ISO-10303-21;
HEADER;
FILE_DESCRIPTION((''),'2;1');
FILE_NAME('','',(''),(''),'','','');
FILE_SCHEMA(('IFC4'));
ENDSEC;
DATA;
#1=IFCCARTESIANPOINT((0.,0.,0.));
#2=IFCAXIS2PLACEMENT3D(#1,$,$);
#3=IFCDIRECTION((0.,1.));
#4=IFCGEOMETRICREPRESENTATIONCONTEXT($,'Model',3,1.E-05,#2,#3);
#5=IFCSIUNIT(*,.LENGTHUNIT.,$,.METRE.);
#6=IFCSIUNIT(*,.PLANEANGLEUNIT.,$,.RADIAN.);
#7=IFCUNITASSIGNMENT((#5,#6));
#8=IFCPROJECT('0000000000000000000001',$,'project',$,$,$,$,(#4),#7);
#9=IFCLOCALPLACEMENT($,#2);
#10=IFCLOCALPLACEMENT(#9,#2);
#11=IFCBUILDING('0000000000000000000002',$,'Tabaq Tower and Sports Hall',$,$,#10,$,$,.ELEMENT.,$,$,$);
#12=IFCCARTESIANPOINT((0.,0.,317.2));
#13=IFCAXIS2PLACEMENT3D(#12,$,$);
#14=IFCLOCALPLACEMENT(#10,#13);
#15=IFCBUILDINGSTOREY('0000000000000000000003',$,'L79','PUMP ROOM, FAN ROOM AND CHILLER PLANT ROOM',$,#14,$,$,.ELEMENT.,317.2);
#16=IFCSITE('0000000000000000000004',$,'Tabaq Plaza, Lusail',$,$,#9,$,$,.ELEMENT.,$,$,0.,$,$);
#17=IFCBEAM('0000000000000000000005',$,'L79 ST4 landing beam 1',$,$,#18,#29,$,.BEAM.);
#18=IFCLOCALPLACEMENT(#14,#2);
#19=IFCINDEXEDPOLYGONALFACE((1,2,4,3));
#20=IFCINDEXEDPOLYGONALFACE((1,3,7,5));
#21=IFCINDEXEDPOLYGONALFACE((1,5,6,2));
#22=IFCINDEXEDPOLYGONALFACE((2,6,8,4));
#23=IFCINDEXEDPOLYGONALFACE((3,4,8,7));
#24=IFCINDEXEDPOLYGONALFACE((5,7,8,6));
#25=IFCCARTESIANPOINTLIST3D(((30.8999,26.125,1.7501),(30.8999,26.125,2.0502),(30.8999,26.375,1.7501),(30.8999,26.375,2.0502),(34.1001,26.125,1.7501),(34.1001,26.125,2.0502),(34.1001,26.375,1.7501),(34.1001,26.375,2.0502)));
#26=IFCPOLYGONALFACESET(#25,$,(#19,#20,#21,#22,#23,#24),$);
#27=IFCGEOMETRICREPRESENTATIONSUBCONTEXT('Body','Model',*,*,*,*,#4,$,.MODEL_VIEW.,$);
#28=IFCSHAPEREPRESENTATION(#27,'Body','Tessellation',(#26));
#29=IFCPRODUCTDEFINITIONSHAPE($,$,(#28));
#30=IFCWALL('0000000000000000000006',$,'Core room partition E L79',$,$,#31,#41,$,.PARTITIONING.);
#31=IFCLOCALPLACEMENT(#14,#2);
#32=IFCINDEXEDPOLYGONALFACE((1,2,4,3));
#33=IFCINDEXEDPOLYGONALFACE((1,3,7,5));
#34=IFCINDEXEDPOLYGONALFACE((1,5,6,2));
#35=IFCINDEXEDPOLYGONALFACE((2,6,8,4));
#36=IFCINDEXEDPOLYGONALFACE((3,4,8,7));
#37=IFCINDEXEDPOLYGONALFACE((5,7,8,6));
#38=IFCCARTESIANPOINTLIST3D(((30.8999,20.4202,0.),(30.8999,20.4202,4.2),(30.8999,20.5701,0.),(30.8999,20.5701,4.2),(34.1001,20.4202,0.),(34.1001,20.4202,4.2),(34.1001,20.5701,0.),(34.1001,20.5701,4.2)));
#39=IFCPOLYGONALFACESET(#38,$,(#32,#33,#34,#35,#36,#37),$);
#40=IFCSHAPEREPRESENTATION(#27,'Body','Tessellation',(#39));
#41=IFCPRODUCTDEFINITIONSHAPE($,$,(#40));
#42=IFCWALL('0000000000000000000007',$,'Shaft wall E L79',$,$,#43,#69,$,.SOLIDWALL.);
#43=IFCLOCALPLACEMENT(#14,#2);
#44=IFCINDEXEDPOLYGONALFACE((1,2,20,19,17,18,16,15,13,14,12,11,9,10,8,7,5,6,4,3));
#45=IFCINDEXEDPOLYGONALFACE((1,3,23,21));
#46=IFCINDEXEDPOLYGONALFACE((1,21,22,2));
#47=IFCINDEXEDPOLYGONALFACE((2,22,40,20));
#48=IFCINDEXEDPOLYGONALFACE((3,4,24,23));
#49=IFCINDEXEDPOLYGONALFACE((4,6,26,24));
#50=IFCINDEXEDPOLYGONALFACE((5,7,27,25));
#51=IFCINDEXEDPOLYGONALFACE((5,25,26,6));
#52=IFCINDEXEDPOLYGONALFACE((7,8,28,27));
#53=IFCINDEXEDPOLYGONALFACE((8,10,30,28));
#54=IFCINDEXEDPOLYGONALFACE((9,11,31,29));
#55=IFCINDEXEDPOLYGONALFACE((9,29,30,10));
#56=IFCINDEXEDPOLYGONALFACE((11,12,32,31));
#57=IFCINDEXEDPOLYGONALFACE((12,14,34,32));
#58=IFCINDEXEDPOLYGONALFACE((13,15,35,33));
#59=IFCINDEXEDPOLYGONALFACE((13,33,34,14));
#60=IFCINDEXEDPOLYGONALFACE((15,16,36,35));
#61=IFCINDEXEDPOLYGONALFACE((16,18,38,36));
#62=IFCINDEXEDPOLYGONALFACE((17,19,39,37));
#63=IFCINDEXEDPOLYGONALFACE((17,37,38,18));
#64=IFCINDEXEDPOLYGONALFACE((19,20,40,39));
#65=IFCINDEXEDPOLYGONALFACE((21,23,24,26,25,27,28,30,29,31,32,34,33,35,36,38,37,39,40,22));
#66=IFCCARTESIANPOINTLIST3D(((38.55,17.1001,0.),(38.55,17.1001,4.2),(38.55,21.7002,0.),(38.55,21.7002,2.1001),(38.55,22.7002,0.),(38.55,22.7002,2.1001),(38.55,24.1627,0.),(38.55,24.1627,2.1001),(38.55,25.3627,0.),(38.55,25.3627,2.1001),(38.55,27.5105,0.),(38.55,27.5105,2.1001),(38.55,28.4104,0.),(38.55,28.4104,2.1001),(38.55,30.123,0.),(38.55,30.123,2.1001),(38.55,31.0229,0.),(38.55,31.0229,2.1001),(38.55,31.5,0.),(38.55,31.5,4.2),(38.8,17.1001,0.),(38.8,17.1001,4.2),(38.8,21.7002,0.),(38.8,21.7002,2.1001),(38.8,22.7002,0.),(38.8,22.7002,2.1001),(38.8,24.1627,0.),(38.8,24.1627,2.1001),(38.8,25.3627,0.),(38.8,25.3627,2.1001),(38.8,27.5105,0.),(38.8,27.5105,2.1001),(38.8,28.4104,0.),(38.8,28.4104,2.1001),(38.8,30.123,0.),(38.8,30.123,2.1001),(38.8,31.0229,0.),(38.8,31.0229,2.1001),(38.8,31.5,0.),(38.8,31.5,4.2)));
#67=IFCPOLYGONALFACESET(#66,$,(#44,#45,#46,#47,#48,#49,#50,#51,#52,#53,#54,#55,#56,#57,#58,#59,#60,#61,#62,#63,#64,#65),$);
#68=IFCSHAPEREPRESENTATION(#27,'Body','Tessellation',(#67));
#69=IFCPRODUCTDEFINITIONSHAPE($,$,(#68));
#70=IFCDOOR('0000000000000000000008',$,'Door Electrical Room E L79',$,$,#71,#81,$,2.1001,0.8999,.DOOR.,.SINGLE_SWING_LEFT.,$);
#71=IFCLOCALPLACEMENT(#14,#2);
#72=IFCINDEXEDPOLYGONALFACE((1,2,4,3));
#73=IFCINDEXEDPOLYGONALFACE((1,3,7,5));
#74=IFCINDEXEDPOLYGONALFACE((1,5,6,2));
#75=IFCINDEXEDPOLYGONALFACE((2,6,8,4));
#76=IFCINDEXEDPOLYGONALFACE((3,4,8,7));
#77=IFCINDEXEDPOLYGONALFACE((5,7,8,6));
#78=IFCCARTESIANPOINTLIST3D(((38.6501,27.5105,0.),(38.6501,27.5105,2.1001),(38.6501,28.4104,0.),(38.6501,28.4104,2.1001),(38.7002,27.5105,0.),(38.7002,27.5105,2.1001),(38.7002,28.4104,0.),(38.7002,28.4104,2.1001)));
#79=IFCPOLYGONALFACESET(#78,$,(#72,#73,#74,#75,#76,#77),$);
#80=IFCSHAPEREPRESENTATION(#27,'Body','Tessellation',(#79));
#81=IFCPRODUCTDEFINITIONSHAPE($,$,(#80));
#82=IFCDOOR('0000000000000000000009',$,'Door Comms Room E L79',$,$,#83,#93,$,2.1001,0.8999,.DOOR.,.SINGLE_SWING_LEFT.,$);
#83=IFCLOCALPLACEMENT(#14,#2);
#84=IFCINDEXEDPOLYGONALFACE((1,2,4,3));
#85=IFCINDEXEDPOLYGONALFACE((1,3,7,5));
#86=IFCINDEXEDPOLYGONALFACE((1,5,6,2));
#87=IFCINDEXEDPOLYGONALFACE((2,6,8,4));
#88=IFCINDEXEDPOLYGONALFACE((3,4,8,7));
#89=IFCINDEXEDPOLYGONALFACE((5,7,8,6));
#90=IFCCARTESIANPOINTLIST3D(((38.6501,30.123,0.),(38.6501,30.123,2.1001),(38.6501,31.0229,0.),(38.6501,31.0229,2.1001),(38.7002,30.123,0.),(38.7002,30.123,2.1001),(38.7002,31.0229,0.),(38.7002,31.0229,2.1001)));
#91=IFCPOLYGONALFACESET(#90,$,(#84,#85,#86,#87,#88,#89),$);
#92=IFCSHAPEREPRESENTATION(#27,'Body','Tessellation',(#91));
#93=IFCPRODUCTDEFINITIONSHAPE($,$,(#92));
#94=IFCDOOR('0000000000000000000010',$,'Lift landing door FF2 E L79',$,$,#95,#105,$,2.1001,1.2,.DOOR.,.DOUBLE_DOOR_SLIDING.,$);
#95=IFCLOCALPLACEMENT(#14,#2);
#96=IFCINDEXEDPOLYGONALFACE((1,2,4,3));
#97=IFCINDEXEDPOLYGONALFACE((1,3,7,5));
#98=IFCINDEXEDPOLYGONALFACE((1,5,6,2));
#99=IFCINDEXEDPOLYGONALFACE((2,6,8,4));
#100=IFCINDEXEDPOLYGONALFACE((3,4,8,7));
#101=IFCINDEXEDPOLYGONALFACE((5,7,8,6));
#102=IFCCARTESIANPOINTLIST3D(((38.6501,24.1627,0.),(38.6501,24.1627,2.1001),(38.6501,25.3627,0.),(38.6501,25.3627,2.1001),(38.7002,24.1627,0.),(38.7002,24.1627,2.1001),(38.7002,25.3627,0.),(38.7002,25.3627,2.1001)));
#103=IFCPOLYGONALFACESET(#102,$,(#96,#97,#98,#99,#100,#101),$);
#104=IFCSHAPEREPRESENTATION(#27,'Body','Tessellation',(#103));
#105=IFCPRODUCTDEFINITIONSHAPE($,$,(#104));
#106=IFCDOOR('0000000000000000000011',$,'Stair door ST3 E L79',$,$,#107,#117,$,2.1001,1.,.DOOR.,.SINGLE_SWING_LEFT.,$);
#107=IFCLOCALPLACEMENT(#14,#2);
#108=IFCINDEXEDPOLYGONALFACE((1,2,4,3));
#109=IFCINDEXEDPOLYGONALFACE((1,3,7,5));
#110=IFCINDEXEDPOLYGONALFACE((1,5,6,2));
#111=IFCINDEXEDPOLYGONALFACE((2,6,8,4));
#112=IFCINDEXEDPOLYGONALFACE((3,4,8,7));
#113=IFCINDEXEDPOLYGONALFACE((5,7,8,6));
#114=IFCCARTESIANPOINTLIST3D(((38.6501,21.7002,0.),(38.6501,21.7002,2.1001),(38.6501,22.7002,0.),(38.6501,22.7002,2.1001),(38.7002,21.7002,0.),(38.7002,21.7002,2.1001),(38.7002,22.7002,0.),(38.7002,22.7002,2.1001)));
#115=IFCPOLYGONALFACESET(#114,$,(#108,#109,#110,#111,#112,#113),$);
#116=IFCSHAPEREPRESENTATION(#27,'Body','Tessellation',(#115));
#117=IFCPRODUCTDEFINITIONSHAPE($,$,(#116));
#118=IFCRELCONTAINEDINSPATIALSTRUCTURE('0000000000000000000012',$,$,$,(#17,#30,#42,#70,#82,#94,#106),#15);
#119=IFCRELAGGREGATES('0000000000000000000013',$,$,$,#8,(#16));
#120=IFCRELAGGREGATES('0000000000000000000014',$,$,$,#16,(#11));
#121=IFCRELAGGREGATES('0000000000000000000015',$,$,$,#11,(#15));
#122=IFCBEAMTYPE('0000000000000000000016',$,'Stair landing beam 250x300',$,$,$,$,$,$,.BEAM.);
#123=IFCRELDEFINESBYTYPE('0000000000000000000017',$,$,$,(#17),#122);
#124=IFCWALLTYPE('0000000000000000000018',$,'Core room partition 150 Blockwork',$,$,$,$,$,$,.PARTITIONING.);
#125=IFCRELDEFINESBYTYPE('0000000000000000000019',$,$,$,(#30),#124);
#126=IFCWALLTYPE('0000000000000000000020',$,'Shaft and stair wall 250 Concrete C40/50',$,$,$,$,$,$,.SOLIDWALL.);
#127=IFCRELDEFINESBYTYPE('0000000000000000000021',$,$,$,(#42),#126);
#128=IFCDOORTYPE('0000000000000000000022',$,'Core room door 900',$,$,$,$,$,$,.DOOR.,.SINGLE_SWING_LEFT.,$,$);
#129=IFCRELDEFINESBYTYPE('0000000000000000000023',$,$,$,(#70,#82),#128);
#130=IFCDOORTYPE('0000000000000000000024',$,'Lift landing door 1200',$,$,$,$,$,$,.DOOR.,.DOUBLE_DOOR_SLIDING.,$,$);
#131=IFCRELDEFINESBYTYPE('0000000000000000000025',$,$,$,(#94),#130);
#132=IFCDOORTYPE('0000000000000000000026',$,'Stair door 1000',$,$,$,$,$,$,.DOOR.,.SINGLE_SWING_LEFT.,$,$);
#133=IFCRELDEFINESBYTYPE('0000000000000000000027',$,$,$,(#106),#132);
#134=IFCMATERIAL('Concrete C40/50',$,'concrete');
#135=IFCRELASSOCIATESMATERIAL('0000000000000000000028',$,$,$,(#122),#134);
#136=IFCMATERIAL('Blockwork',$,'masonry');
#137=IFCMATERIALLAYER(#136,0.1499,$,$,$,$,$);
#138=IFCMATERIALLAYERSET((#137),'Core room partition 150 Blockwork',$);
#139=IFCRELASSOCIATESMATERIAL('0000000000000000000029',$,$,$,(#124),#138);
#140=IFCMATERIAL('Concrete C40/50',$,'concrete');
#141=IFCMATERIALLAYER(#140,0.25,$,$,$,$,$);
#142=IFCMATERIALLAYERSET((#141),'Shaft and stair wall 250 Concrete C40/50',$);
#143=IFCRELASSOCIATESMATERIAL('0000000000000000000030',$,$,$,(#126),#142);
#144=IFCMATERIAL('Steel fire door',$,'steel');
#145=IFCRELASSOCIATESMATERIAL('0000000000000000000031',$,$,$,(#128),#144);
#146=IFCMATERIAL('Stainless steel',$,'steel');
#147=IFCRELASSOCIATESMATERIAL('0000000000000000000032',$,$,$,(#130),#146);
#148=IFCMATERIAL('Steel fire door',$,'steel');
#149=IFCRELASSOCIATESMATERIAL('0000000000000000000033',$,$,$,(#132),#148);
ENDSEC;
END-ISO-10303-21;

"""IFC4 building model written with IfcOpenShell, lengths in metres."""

from ifc_helpers import new_model, si_unit, direction, frame, frame_2d, origin, origin_2d, place, context, subcontext, project, spatial, rectangle, extrude, material, layer, layer_set, material_profile, profile_set, type_object, element, fill, save


model = new_model("IFC4")

# Units and contexts
model_context = context("Model", 3, precision=1e-05, world=origin(), true_north=direction((0.0, 1.0)))
body_context = subcontext(model_context, "Body", "Model", "MODEL_VIEW")
ifc_project = project(units=[si_unit("LENGTHUNIT", "METRE"), si_unit("PLANEANGLEUNIT", "RADIAN")], contexts=[model_context])

# Site, building, storey
site_placement = place(None, origin())
site = spatial("IfcSite", under=ifc_project, at=site_placement, Name="Tabaq Plaza, Lusail", CompositionType="ELEMENT", RefElevation=0.0)
building_placement = place(site_placement, origin())
building = spatial("IfcBuilding", under=site, at=building_placement, Name="Tabaq Tower and Sports Hall", CompositionType="ELEMENT")
storey_placement = place(building_placement, frame((0.0, 0.0, 317.2)))
storey = spatial("IfcBuildingStorey", under=building, at=storey_placement, Name="L79", Description="PUMP ROOM, FAN ROOM AND CHILLER PLANT ROOM", CompositionType="ELEMENT", Elevation=317.2)

# Beam
ifc_material_1 = material(Name="Concrete C40/50", Category="concrete")
ifc_material_profile = material_profile(ifc_material_1, rectangle(XDim=0.25, YDim=0.3, at=origin_2d()), Name="RC 250x300")
ifc_profile_set = profile_set([ifc_material_profile], Name="Concrete C40/50")
beam_type = type_object("IfcBeamType", Name="Stair landing beam 250x300", PredefinedType="BEAM", material=ifc_profile_set)
beam_placement = place(storey_placement, frame((30.8999, 26.25, 1.9001), z_axis=(1.0, 0.0, 0.0), x_axis=(0.0, 1.0, 0.0)))
element("IfcBeam", 1, at=beam_placement, inside=storey, type_object=beam_type, Name="L79 ST4 landing beam 1", PredefinedType="BEAM", context=body_context, shape_type="SweptSolid", body=[
    extrude(rectangle(XDim=0.25, YDim=0.3, at=origin_2d()), origin(), (0.0, 0.0, 1.0), 3.2002),
])

# Wall
ifc_material_2 = material(Name="Blockwork", Category="masonry")
ifc_layer_1 = layer(ifc_material_2, 0.1499)
ifc_layer_set_1 = layer_set([ifc_layer_1], Name="Core room partition 150 Blockwork")
wall_type_1 = type_object("IfcWallType", Name="Core room partition 150 Blockwork", PredefinedType="PARTITIONING", material=ifc_layer_set_1)
wall_1_placement = place(storey_placement, frame((30.8999, 20.4951, 0.0), z_axis=(0.0, 0.0, 1.0), x_axis=(1.0, 0.0, 0.0)))
element("IfcWall", 2, at=wall_1_placement, inside=storey, type_object=wall_type_1, Name="Core room partition E L79", PredefinedType="PARTITIONING", context=body_context, shape_type="SweptSolid", body=[
    extrude(rectangle(XDim=3.2002, YDim=0.1499, at=frame_2d((1.6001, 0.0))), origin(), (0.0, 0.0, 1.0), 4.2),
])

# Wall, openings, doors
ifc_material_3 = material(Name="Concrete C40/50", Category="concrete")
ifc_layer_2 = layer(ifc_material_3, 0.25)
ifc_layer_set_2 = layer_set([ifc_layer_2], Name="Shaft and stair wall 250 Concrete C40/50")
wall_type_2 = type_object("IfcWallType", Name="Shaft and stair wall 250 Concrete C40/50", PredefinedType="SOLIDWALL", material=ifc_layer_set_2)
wall_2_placement = place(storey_placement, frame((38.675, 17.1001, 0.0), z_axis=(0.0, 0.0, 1.0), x_axis=(0.0, 1.0, 0.0)))
wall_2 = element("IfcWall", 3, at=wall_2_placement, inside=storey, type_object=wall_type_2, Name="Shaft wall E L79", PredefinedType="SOLIDWALL", context=body_context, shape_type="SweptSolid", body=[
    extrude(rectangle(XDim=14.3999, YDim=0.25, at=frame_2d((7.2, 0.0))), origin(), (0.0, 0.0, 1.0), 4.2),
])
opening_1_placement = place(wall_2_placement, frame((4.6001, 0.0, 0.0)))
opening_1 = element("IfcOpeningElement", 4, at=opening_1_placement, cuts=wall_2, PredefinedType="OPENING", context=body_context, shape_type="SweptSolid", body=[
    extrude(rectangle(XDim=1.0, YDim=2.1001, at=frame_2d((0.5, 1.05))), frame((0.0, 0.125, 0.0), z_axis=(0.0, -1.0, 0.0), x_axis=(1.0, 0.0, 0.0)), (0.0, 0.0, 1.0), 0.25),
])
opening_2_placement = place(wall_2_placement, frame((7.0625, 0.0, 0.0)))
opening_2 = element("IfcOpeningElement", 5, at=opening_2_placement, cuts=wall_2, PredefinedType="OPENING", context=body_context, shape_type="SweptSolid", body=[
    extrude(rectangle(XDim=1.2, YDim=2.1001, at=frame_2d((0.6001, 1.05))), frame((0.0, 0.125, 0.0), z_axis=(0.0, -1.0, 0.0), x_axis=(1.0, 0.0, 0.0)), (0.0, 0.0, 1.0), 0.25),
])
opening_3_placement = place(wall_2_placement, frame((10.4104, 0.0, 0.0)))
opening_3 = element("IfcOpeningElement", 6, at=opening_3_placement, cuts=wall_2, PredefinedType="OPENING", context=body_context, shape_type="SweptSolid", body=[
    extrude(rectangle(XDim=0.8999, YDim=2.1001, at=frame_2d((0.45, 1.05))), frame((0.0, 0.125, 0.0), z_axis=(0.0, -1.0, 0.0), x_axis=(1.0, 0.0, 0.0)), (0.0, 0.0, 1.0), 0.25),
])
opening_4_placement = place(wall_2_placement, frame((13.0229, 0.0, 0.0)))
opening_4 = element("IfcOpeningElement", 7, at=opening_4_placement, cuts=wall_2, PredefinedType="OPENING", context=body_context, shape_type="SweptSolid", body=[
    extrude(rectangle(XDim=0.8999, YDim=2.1001, at=frame_2d((0.45, 1.05))), frame((0.0, 0.125, 0.0), z_axis=(0.0, -1.0, 0.0), x_axis=(1.0, 0.0, 0.0)), (0.0, 0.0, 1.0), 0.25),
])
ifc_material_4 = material(Name="Steel fire door", Category="steel")
door_type_1 = type_object("IfcDoorType", Name="Core room door 900", OperationType="SINGLE_SWING_LEFT", PredefinedType="DOOR", material=ifc_material_4)
door_1_placement = place(opening_3_placement, origin())
door_1 = element("IfcDoor", 8, at=door_1_placement, inside=storey, type_object=door_type_1, Name="Door Electrical Room E L79", OperationType="SINGLE_SWING_LEFT", OverallHeight=2.1001, OverallWidth=0.8999, PredefinedType="DOOR", context=body_context, shape_type="SweptSolid", body=[
    extrude(rectangle(XDim=0.8999, YDim=2.1001, at=frame_2d((0.45, 1.05))), frame((0.0, 0.0249, 0.0), z_axis=(0.0, -1.0, 0.0), x_axis=(1.0, 0.0, 0.0)), (0.0, 0.0, 1.0), 0.05),
])
fill(opening_3, door_1)
door_2_placement = place(opening_4_placement, origin())
door_2 = element("IfcDoor", 9, at=door_2_placement, inside=storey, type_object=door_type_1, Name="Door Comms Room E L79", OperationType="SINGLE_SWING_LEFT", OverallHeight=2.1001, OverallWidth=0.8999, PredefinedType="DOOR", context=body_context, shape_type="SweptSolid", body=[
    extrude(rectangle(XDim=0.8999, YDim=2.1001, at=frame_2d((0.45, 1.05))), frame((0.0, 0.0249, 0.0), z_axis=(0.0, -1.0, 0.0), x_axis=(1.0, 0.0, 0.0)), (0.0, 0.0, 1.0), 0.05),
])
fill(opening_4, door_2)
ifc_material_5 = material(Name="Stainless steel", Category="steel")
door_type_2 = type_object("IfcDoorType", Name="Lift landing door 1200", OperationType="DOUBLE_DOOR_SLIDING", PredefinedType="DOOR", material=ifc_material_5)
door_3_placement = place(opening_2_placement, origin())
door_3 = element("IfcDoor", 10, at=door_3_placement, inside=storey, type_object=door_type_2, Name="Lift landing door FF2 E L79", OperationType="DOUBLE_DOOR_SLIDING", OverallHeight=2.1001, OverallWidth=1.2, PredefinedType="DOOR", context=body_context, shape_type="SweptSolid", body=[
    extrude(rectangle(XDim=1.2, YDim=2.1001, at=frame_2d((0.6001, 1.05))), frame((0.0, 0.0249, 0.0), z_axis=(0.0, -1.0, 0.0), x_axis=(1.0, 0.0, 0.0)), (0.0, 0.0, 1.0), 0.05),
])
fill(opening_2, door_3)
ifc_material_6 = material(Name="Steel fire door", Category="steel")
door_type_3 = type_object("IfcDoorType", Name="Stair door 1000", OperationType="SINGLE_SWING_LEFT", PredefinedType="DOOR", material=ifc_material_6)
door_4_placement = place(opening_1_placement, origin())
door_4 = element("IfcDoor", 11, at=door_4_placement, inside=storey, type_object=door_type_3, Name="Stair door ST3 E L79", OperationType="SINGLE_SWING_LEFT", OverallHeight=2.1001, OverallWidth=1.0, PredefinedType="DOOR", context=body_context, shape_type="SweptSolid", body=[
    extrude(rectangle(XDim=1.0, YDim=2.1001, at=frame_2d((0.5, 1.05))), frame((0.0, 0.0249, 0.0), z_axis=(0.0, -1.0, 0.0), x_axis=(1.0, 0.0, 0.0)), (0.0, 0.0, 1.0), 0.05),
])
fill(opening_1, door_4)

save(model, "model.ifc")
